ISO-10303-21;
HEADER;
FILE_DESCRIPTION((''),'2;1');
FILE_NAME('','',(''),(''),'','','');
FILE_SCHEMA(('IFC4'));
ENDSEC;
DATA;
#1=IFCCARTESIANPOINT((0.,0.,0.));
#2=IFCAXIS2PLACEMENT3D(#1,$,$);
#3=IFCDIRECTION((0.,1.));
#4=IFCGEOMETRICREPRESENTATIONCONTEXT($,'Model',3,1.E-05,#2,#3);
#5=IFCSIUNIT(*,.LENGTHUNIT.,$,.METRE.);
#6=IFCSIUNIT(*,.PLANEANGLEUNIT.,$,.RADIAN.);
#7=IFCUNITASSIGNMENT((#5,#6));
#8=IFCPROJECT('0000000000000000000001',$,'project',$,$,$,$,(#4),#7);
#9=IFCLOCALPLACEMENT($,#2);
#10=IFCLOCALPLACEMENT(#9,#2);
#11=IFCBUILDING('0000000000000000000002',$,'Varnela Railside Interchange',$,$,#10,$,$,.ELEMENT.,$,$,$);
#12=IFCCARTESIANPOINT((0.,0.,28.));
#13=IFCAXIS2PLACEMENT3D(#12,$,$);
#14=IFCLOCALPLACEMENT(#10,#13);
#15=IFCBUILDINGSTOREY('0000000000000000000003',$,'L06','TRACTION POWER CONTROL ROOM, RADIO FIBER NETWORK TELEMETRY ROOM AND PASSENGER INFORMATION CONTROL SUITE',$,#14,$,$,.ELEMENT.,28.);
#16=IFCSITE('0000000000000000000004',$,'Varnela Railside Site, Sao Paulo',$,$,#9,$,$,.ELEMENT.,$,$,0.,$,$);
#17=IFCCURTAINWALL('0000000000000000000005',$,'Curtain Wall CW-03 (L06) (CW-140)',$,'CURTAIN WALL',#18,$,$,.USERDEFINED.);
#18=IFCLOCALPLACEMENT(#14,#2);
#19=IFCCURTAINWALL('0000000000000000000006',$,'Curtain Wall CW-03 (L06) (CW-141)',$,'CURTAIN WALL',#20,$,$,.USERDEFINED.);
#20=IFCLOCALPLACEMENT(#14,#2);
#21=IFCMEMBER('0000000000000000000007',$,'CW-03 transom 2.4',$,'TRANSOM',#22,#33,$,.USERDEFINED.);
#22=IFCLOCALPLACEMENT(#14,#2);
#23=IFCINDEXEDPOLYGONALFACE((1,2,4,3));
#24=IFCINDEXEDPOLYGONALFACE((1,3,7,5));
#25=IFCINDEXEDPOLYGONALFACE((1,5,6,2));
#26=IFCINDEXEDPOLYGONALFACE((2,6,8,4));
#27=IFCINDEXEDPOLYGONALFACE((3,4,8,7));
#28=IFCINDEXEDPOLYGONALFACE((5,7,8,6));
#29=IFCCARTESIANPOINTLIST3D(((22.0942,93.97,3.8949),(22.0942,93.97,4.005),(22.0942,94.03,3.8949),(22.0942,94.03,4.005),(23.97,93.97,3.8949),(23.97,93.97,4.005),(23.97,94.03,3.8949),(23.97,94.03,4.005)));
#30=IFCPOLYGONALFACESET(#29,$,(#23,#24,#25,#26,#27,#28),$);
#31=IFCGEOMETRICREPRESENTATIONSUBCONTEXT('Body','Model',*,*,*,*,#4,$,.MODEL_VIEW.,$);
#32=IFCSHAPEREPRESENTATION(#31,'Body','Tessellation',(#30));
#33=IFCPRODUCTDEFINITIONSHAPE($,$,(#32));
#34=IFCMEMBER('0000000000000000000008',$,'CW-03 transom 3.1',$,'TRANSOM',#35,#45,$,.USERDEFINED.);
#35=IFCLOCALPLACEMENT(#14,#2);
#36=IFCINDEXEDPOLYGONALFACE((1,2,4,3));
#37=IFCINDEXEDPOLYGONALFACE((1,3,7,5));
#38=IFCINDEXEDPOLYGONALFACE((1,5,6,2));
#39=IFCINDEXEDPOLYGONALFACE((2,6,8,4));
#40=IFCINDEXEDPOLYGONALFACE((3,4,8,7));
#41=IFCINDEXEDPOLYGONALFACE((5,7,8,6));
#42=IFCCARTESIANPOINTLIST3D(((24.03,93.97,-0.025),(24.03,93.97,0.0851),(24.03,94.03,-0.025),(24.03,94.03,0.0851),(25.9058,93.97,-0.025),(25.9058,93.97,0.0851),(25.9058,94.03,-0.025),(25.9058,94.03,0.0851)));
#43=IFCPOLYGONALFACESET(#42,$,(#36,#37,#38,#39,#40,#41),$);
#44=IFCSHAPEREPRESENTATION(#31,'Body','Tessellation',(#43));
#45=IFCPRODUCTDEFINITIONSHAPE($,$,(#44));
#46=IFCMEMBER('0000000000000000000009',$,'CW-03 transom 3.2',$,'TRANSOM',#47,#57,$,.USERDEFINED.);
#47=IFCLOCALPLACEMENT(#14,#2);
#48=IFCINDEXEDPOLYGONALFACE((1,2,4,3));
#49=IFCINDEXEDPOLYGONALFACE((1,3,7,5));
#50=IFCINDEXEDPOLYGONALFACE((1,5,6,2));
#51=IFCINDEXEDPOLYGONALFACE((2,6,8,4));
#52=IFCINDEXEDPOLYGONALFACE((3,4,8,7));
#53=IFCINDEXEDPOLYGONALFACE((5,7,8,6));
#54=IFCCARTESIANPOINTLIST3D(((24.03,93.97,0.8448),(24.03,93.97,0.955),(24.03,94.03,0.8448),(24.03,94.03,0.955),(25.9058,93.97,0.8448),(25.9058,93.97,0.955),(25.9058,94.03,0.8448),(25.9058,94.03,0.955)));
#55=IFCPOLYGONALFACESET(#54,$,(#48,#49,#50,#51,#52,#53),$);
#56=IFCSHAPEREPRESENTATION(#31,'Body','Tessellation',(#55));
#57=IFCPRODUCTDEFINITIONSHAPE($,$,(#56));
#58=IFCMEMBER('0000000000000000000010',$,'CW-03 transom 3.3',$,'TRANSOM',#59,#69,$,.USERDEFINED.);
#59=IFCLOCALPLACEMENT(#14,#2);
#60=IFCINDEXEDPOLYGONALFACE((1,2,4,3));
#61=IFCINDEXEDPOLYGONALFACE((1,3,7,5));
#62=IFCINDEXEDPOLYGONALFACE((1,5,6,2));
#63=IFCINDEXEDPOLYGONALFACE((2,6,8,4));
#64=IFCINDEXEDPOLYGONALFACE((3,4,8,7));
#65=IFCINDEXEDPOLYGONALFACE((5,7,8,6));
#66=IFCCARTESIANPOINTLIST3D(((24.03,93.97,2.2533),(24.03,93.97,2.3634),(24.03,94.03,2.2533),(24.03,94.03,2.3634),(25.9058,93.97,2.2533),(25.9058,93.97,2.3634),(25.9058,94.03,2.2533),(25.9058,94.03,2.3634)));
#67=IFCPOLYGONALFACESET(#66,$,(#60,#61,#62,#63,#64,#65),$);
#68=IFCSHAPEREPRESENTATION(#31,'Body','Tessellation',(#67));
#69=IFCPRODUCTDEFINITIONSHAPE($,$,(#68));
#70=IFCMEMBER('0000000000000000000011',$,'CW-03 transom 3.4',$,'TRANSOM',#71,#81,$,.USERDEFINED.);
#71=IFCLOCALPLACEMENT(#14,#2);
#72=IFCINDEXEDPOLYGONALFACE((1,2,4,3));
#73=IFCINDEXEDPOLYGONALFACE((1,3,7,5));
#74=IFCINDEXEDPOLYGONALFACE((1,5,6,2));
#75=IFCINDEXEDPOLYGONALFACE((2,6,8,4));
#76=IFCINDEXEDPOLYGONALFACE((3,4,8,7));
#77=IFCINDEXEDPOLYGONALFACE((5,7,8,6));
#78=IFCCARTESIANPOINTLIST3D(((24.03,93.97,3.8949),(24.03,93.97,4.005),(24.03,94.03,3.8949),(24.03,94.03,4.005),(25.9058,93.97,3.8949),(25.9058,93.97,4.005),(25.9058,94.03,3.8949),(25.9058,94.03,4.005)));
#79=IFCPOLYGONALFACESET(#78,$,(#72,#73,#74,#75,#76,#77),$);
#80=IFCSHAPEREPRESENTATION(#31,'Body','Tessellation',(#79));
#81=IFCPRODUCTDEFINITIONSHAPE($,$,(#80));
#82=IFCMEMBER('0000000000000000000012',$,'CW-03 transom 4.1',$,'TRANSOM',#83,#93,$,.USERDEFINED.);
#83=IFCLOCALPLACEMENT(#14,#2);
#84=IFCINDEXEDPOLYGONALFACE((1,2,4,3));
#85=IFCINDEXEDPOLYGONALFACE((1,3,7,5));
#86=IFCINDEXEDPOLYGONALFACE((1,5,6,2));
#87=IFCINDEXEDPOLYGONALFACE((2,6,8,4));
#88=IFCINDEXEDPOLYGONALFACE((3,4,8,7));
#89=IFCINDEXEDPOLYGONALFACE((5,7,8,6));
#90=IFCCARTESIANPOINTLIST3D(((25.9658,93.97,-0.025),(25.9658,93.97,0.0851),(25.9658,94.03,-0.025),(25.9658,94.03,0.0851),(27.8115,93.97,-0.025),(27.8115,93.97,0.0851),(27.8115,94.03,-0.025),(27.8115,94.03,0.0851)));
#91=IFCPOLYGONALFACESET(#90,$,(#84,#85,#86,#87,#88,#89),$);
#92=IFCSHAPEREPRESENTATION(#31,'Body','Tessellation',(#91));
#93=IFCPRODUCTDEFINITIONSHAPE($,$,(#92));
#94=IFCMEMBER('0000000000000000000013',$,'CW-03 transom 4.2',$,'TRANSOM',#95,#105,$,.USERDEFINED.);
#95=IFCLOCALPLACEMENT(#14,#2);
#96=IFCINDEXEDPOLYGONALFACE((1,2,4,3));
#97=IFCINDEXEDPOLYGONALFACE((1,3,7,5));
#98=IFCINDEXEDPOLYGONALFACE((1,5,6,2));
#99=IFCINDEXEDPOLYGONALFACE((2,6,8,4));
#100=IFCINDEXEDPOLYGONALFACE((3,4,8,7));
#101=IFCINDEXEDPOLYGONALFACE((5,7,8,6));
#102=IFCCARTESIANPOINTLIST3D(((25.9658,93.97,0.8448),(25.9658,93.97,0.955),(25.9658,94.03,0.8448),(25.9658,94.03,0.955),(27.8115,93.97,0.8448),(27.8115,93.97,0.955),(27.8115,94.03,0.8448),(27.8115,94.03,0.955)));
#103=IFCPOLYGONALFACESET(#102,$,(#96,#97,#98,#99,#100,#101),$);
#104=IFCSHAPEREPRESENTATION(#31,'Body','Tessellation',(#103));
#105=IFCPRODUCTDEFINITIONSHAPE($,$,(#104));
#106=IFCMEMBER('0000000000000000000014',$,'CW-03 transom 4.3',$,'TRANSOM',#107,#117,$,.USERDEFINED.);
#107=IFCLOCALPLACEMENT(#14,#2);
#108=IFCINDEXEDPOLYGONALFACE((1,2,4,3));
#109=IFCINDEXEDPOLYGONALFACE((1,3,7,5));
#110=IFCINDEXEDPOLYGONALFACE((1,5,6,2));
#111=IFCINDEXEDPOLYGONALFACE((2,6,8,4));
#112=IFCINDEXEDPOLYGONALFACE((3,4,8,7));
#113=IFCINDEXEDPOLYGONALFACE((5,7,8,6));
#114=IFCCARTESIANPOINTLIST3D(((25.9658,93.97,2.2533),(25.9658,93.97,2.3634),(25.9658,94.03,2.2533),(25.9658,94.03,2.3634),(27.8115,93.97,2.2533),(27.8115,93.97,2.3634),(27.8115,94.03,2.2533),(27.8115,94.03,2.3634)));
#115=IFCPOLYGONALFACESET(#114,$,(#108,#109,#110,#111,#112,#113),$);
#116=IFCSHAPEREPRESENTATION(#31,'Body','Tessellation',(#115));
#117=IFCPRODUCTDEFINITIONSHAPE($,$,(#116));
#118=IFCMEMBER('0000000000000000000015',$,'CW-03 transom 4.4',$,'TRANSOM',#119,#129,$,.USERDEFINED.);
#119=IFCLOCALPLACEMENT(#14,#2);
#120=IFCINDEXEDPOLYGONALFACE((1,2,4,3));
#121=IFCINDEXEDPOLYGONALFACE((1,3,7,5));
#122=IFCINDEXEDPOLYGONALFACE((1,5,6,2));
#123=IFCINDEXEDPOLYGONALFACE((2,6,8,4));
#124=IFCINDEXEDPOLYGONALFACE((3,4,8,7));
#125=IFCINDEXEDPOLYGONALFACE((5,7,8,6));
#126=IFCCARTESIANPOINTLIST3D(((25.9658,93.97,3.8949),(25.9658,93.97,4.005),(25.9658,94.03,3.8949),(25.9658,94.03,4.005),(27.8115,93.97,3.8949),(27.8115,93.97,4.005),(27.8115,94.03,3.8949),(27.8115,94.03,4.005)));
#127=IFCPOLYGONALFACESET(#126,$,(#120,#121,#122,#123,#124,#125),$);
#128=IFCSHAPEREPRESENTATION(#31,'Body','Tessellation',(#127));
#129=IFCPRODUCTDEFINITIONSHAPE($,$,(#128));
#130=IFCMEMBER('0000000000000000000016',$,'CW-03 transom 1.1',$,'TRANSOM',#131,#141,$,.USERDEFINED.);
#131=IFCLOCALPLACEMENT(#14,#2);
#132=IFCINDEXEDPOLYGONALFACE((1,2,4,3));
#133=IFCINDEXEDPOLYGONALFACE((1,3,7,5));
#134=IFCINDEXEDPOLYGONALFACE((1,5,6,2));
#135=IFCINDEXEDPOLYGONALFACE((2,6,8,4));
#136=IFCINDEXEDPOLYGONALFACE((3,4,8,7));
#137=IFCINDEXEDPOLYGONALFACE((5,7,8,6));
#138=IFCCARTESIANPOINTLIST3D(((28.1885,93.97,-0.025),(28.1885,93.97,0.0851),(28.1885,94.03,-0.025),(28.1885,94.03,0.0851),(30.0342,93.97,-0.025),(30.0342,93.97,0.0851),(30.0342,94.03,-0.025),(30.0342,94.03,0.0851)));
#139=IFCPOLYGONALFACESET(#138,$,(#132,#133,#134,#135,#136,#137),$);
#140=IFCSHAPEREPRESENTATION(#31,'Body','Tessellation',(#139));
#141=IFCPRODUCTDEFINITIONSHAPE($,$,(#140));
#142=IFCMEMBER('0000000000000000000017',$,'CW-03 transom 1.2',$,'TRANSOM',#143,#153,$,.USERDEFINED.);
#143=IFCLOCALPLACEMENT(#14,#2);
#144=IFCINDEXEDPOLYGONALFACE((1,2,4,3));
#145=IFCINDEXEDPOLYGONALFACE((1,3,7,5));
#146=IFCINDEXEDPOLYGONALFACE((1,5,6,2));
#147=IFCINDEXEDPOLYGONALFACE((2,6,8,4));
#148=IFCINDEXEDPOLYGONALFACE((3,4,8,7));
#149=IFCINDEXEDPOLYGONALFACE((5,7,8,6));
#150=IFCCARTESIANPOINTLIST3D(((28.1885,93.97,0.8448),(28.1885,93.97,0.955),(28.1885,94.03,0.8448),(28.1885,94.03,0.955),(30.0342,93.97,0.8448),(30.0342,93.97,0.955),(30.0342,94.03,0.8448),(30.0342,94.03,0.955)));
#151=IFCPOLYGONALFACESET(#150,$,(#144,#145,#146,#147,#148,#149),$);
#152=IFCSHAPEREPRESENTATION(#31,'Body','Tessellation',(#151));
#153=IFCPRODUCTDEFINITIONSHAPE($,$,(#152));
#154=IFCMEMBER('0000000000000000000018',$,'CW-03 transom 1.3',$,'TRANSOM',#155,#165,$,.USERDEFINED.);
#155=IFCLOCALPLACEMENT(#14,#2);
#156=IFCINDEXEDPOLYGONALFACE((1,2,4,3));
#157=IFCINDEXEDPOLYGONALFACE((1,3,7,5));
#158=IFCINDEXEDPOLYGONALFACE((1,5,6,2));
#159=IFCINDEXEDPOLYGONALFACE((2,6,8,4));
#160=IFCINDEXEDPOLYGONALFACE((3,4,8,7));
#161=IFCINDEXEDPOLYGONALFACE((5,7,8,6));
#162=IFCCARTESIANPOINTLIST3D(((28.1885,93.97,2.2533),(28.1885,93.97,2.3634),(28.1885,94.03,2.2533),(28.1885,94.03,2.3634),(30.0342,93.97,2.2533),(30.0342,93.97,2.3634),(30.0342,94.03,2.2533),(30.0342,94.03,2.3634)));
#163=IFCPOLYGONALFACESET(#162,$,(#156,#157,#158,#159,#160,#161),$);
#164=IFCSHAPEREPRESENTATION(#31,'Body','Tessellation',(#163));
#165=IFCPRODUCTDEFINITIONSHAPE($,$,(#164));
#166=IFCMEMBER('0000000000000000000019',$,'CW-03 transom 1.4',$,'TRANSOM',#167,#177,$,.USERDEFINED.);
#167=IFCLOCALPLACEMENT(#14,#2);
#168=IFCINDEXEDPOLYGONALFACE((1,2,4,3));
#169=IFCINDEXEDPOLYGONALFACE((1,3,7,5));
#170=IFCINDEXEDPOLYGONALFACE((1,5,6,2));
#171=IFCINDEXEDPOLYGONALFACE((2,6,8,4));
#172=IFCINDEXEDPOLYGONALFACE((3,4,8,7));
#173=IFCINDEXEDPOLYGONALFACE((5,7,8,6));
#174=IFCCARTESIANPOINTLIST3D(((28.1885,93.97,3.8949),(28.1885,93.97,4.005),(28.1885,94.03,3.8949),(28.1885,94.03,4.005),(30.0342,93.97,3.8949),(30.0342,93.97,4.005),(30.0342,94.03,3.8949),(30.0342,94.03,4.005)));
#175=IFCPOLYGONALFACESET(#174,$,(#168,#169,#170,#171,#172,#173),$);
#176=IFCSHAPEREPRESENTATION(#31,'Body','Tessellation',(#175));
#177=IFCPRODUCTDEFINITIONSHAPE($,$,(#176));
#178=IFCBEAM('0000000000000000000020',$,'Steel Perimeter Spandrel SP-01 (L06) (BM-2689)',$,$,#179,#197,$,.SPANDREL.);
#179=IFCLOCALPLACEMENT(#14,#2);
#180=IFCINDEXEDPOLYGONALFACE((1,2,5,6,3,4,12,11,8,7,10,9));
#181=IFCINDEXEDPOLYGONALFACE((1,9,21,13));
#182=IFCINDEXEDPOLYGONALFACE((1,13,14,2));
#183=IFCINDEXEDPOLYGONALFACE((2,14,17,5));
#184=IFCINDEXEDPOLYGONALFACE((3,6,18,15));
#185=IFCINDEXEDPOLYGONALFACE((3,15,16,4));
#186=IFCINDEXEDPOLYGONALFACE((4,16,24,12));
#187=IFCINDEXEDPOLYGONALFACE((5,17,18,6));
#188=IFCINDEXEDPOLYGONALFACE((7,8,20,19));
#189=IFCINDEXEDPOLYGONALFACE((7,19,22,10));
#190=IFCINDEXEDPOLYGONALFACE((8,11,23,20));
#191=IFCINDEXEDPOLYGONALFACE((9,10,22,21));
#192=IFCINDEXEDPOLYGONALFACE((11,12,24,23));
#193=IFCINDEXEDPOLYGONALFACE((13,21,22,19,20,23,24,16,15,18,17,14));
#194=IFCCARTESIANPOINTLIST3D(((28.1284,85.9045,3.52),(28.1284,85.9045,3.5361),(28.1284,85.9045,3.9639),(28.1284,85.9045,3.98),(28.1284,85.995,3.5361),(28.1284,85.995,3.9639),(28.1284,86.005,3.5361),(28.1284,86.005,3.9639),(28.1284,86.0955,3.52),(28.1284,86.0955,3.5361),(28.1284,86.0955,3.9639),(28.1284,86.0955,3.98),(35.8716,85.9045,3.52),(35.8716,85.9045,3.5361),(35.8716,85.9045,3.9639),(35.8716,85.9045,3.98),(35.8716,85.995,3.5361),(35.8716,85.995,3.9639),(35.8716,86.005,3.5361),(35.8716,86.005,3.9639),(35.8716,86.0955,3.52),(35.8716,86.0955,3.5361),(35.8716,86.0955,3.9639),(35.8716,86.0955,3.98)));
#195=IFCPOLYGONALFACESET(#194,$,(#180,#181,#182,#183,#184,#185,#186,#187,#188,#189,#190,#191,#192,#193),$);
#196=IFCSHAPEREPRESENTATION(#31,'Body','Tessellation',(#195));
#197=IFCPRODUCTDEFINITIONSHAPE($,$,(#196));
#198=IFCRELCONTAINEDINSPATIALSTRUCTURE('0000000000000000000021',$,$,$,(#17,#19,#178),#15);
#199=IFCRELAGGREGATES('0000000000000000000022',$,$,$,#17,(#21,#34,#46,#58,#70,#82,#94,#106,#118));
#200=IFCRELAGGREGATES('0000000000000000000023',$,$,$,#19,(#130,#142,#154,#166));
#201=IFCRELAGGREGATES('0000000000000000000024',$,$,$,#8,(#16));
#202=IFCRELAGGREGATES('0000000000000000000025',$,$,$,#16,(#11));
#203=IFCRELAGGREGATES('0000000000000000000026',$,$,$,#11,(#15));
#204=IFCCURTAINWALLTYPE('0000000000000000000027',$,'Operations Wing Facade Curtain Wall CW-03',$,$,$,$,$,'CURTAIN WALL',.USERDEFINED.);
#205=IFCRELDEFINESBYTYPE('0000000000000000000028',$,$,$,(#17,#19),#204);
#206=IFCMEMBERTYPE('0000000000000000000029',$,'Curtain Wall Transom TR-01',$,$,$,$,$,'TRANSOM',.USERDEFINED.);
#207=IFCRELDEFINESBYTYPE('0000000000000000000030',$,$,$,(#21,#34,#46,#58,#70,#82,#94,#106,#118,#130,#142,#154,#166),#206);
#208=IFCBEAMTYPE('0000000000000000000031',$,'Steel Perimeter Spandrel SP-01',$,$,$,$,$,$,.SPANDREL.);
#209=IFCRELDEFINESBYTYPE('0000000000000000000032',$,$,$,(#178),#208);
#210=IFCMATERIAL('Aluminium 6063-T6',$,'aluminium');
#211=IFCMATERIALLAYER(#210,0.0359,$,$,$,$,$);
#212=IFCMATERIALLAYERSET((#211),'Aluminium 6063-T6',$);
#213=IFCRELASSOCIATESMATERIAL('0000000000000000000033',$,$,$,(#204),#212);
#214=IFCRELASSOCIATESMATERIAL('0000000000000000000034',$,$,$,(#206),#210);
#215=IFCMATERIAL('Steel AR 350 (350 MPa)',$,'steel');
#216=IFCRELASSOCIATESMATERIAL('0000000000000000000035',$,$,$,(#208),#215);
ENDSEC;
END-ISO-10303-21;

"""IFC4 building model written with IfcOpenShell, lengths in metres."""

from ifc_helpers import new_model, si_unit, direction, frame, origin, origin_2d, place, context, subcontext, project, spatial, rectangle, i_section, extrude, material, layer, layer_set, material_profile, profile_set, type_object, element, aggregate, save


model = new_model("IFC4")

# Units and contexts
model_context = context("Model", 3, precision=1e-05, world=origin(), true_north=direction((0.0, 1.0)))
body_context = subcontext(model_context, "Body", "Model", "MODEL_VIEW")
ifc_project = project(units=[si_unit("LENGTHUNIT", "METRE"), si_unit("PLANEANGLEUNIT", "RADIAN")], contexts=[model_context])

# Site, building, storey
site_placement = place(None, origin())
site = spatial("IfcSite", under=ifc_project, at=site_placement, Name="Varnela Railside Site, Sao Paulo", CompositionType="ELEMENT", RefElevation=0.0)
building_placement = place(site_placement, origin())
building = spatial("IfcBuilding", under=site, at=building_placement, Name="Varnela Railside Interchange", CompositionType="ELEMENT")
storey_placement = place(building_placement, frame((0.0, 0.0, 28.0)))
storey = spatial("IfcBuildingStorey", under=building, at=storey_placement, Name="L06", Description="TRACTION POWER CONTROL ROOM, RADIO FIBER NETWORK TELEMETRY ROOM AND PASSENGER INFORMATION CONTROL SUITE", CompositionType="ELEMENT", Elevation=28.0)

# Shared definitions
ifc_material_1 = material(Name="Steel AR 350 (350 MPa)", Category="steel")

# Curtain wall
ifc_material_2 = material(Name="Aluminium 6063-T6", Category="aluminium")
ifc_layer_1 = layer(ifc_material_2, 0.0359)
ifc_layer_set_1 = layer_set([ifc_layer_1], Name="Aluminium 6063-T6")
curtain_wall_type = type_object("IfcCurtainWallType", Name="Operations Wing Facade Curtain Wall CW-03", ElementType="CURTAIN WALL", PredefinedType="USERDEFINED", material=ifc_layer_set_1)
curtain_wall_1_placement = place(storey_placement, origin())
curtain_wall_1 = element("IfcCurtainWall", 1, at=curtain_wall_1_placement, inside=storey, type_object=curtain_wall_type, Name="Curtain Wall CW-03 (L06) (CW-140)", ObjectType="CURTAIN WALL", PredefinedType="USERDEFINED")

# Curtain wall
curtain_wall_2_placement = place(storey_placement, origin())
curtain_wall_2 = element("IfcCurtainWall", 2, at=curtain_wall_2_placement, inside=storey, type_object=curtain_wall_type, Name="Curtain Wall CW-03 (L06) (CW-141)", ObjectType="CURTAIN WALL", PredefinedType="USERDEFINED")

# Members
ifc_material_profile_1 = material_profile(ifc_material_2, rectangle(XDim=0.0601, YDim=0.1101, at=origin_2d()), Name="ALU 60x110")
ifc_profile_set_1 = profile_set([ifc_material_profile_1], Name="Aluminium 6063-T6")
member_type_1 = type_object("IfcMemberType", Name="Curtain Wall Transom TR-01", ElementType="TRANSOM", PredefinedType="USERDEFINED", material=ifc_profile_set_1)
member_1_placement = place(storey_placement, frame((22.0942, 94.0, 3.95), z_axis=(1.0, 0.0, 0.0), x_axis=(0.0, 1.0, 0.0)))
member_1 = element("IfcMember", 3, at=member_1_placement, type_object=member_type_1, Name="CW-03 transom 2.4", ObjectType="TRANSOM", PredefinedType="USERDEFINED", context=body_context, shape_type="SweptSolid", body=[
    extrude(rectangle(XDim=0.0601, YDim=0.1101, at=origin_2d()), origin(), (0.0, 0.0, 1.0), 1.8757),
])
member_2_placement = place(storey_placement, frame((24.03, 94.0, 0.03), z_axis=(1.0, 0.0, 0.0), x_axis=(0.0, 1.0, 0.0)))
member_2 = element("IfcMember", 4, at=member_2_placement, type_object=member_type_1, Name="CW-03 transom 3.1", ObjectType="TRANSOM", PredefinedType="USERDEFINED", context=body_context, shape_type="SweptSolid", body=[
    extrude(rectangle(XDim=0.0601, YDim=0.1101, at=origin_2d()), origin(), (0.0, 0.0, 1.0), 1.8757),
])
member_3_placement = place(storey_placement, frame((24.03, 94.0, 0.8999), z_axis=(1.0, 0.0, 0.0), x_axis=(0.0, 1.0, 0.0)))
member_3 = element("IfcMember", 5, at=member_3_placement, type_object=member_type_1, Name="CW-03 transom 3.2", ObjectType="TRANSOM", PredefinedType="USERDEFINED", context=body_context, shape_type="SweptSolid", body=[
    extrude(rectangle(XDim=0.0601, YDim=0.1101, at=origin_2d()), origin(), (0.0, 0.0, 1.0), 1.8757),
])
member_4_placement = place(storey_placement, frame((24.03, 94.0, 2.3083), z_axis=(1.0, 0.0, 0.0), x_axis=(0.0, 1.0, 0.0)))
member_4 = element("IfcMember", 6, at=member_4_placement, type_object=member_type_1, Name="CW-03 transom 3.3", ObjectType="TRANSOM", PredefinedType="USERDEFINED", context=body_context, shape_type="SweptSolid", body=[
    extrude(rectangle(XDim=0.0601, YDim=0.1101, at=origin_2d()), origin(), (0.0, 0.0, 1.0), 1.8757),
])
member_5_placement = place(storey_placement, frame((24.03, 94.0, 3.95), z_axis=(1.0, 0.0, 0.0), x_axis=(0.0, 1.0, 0.0)))
member_5 = element("IfcMember", 7, at=member_5_placement, type_object=member_type_1, Name="CW-03 transom 3.4", ObjectType="TRANSOM", PredefinedType="USERDEFINED", context=body_context, shape_type="SweptSolid", body=[
    extrude(rectangle(XDim=0.0601, YDim=0.1101, at=origin_2d()), origin(), (0.0, 0.0, 1.0), 1.8757),
])
member_6_placement = place(storey_placement, frame((25.9658, 94.0, 0.03), z_axis=(1.0, 0.0, 0.0), x_axis=(0.0, 1.0, 0.0)))
member_6 = element("IfcMember", 8, at=member_6_placement, type_object=member_type_1, Name="CW-03 transom 4.1", ObjectType="TRANSOM", PredefinedType="USERDEFINED", context=body_context, shape_type="SweptSolid", body=[
    extrude(rectangle(XDim=0.0601, YDim=0.1101, at=origin_2d()), origin(), (0.0, 0.0, 1.0), 1.8457),
])
member_7_placement = place(storey_placement, frame((25.9658, 94.0, 0.8999), z_axis=(1.0, 0.0, 0.0), x_axis=(0.0, 1.0, 0.0)))
member_7 = element("IfcMember", 9, at=member_7_placement, type_object=member_type_1, Name="CW-03 transom 4.2", ObjectType="TRANSOM", PredefinedType="USERDEFINED", context=body_context, shape_type="SweptSolid", body=[
    extrude(rectangle(XDim=0.0601, YDim=0.1101, at=origin_2d()), origin(), (0.0, 0.0, 1.0), 1.8457),
])
member_8_placement = place(storey_placement, frame((25.9658, 94.0, 2.3083), z_axis=(1.0, 0.0, 0.0), x_axis=(0.0, 1.0, 0.0)))
member_8 = element("IfcMember", 10, at=member_8_placement, type_object=member_type_1, Name="CW-03 transom 4.3", ObjectType="TRANSOM", PredefinedType="USERDEFINED", context=body_context, shape_type="SweptSolid", body=[
    extrude(rectangle(XDim=0.0601, YDim=0.1101, at=origin_2d()), origin(), (0.0, 0.0, 1.0), 1.8457),
])
member_9_placement = place(storey_placement, frame((25.9658, 94.0, 3.95), z_axis=(1.0, 0.0, 0.0), x_axis=(0.0, 1.0, 0.0)))
member_9 = element("IfcMember", 11, at=member_9_placement, type_object=member_type_1, Name="CW-03 transom 4.4", ObjectType="TRANSOM", PredefinedType="USERDEFINED", context=body_context, shape_type="SweptSolid", body=[
    extrude(rectangle(XDim=0.0601, YDim=0.1101, at=origin_2d()), origin(), (0.0, 0.0, 1.0), 1.8457),
])
member_10_placement = place(storey_placement, frame((28.1885, 94.0, 0.03), z_axis=(1.0, 0.0, 0.0), x_axis=(0.0, 1.0, 0.0)))
member_10 = element("IfcMember", 12, at=member_10_placement, type_object=member_type_1, Name="CW-03 transom 1.1", ObjectType="TRANSOM", PredefinedType="USERDEFINED", context=body_context, shape_type="SweptSolid", body=[
    extrude(rectangle(XDim=0.0601, YDim=0.1101, at=origin_2d()), origin(), (0.0, 0.0, 1.0), 1.8457),
])
member_11_placement = place(storey_placement, frame((28.1885, 94.0, 0.8999), z_axis=(1.0, 0.0, 0.0), x_axis=(0.0, 1.0, 0.0)))
member_11 = element("IfcMember", 13, at=member_11_placement, type_object=member_type_1, Name="CW-03 transom 1.2", ObjectType="TRANSOM", PredefinedType="USERDEFINED", context=body_context, shape_type="SweptSolid", body=[
    extrude(rectangle(XDim=0.0601, YDim=0.1101, at=origin_2d()), origin(), (0.0, 0.0, 1.0), 1.8457),
])
member_12_placement = place(storey_placement, frame((28.1885, 94.0, 2.3083), z_axis=(1.0, 0.0, 0.0), x_axis=(0.0, 1.0, 0.0)))
member_12 = element("IfcMember", 14, at=member_12_placement, type_object=member_type_1, Name="CW-03 transom 1.3", ObjectType="TRANSOM", PredefinedType="USERDEFINED", context=body_context, shape_type="SweptSolid", body=[
    extrude(rectangle(XDim=0.0601, YDim=0.1101, at=origin_2d()), origin(), (0.0, 0.0, 1.0), 1.8457),
])
member_13_placement = place(storey_placement, frame((28.1885, 94.0, 3.95), z_axis=(1.0, 0.0, 0.0), x_axis=(0.0, 1.0, 0.0)))
member_13 = element("IfcMember", 15, at=member_13_placement, type_object=member_type_1, Name="CW-03 transom 1.4", ObjectType="TRANSOM", PredefinedType="USERDEFINED", context=body_context, shape_type="SweptSolid", body=[
    extrude(rectangle(XDim=0.0601, YDim=0.1101, at=origin_2d()), origin(), (0.0, 0.0, 1.0), 1.8457),
])

# Beam
ifc_material_profile_2 = material_profile(ifc_material_1, i_section(OverallWidth=0.1909, OverallDepth=0.46, WebThickness=0.01, FlangeThickness=0.0161, at=origin_2d()), Name="W460x82")
ifc_profile_set_2 = profile_set([ifc_material_profile_2], Name="Steel AR 350 (350 MPa)")
beam_type_1 = type_object("IfcBeamType", Name="Steel Perimeter Spandrel SP-01", PredefinedType="SPANDREL", material=ifc_profile_set_2)
for number, where, z_axis, x_axis, name in (
    (16, (28.1284, 86.0, 3.75), (1.0, 0.0, 0.0), (0.0, 1.0, 0.0), "Steel Perimeter Spandrel SP-01 (L06) (BM-2689)"),
):
    element("IfcBeam", number, at=place(storey_placement, frame(where, z_axis=z_axis, x_axis=x_axis)), inside=storey, type_object=beam_type_1, Name=name, PredefinedType="SPANDREL", context=body_context, shape_type="SweptSolid", body=[
        extrude(i_section(OverallWidth=0.1909, OverallDepth=0.46, WebThickness=0.01, FlangeThickness=0.0161, at=origin_2d()), origin(), (0.0, 0.0, 1.0), 7.7432),
    ])

aggregate(curtain_wall_1, [member_1, member_2, member_3, member_4, member_5, member_6, member_7, member_8, member_9])
aggregate(curtain_wall_2, [member_10, member_11, member_12, member_13])

save(model, "model.ifc")
